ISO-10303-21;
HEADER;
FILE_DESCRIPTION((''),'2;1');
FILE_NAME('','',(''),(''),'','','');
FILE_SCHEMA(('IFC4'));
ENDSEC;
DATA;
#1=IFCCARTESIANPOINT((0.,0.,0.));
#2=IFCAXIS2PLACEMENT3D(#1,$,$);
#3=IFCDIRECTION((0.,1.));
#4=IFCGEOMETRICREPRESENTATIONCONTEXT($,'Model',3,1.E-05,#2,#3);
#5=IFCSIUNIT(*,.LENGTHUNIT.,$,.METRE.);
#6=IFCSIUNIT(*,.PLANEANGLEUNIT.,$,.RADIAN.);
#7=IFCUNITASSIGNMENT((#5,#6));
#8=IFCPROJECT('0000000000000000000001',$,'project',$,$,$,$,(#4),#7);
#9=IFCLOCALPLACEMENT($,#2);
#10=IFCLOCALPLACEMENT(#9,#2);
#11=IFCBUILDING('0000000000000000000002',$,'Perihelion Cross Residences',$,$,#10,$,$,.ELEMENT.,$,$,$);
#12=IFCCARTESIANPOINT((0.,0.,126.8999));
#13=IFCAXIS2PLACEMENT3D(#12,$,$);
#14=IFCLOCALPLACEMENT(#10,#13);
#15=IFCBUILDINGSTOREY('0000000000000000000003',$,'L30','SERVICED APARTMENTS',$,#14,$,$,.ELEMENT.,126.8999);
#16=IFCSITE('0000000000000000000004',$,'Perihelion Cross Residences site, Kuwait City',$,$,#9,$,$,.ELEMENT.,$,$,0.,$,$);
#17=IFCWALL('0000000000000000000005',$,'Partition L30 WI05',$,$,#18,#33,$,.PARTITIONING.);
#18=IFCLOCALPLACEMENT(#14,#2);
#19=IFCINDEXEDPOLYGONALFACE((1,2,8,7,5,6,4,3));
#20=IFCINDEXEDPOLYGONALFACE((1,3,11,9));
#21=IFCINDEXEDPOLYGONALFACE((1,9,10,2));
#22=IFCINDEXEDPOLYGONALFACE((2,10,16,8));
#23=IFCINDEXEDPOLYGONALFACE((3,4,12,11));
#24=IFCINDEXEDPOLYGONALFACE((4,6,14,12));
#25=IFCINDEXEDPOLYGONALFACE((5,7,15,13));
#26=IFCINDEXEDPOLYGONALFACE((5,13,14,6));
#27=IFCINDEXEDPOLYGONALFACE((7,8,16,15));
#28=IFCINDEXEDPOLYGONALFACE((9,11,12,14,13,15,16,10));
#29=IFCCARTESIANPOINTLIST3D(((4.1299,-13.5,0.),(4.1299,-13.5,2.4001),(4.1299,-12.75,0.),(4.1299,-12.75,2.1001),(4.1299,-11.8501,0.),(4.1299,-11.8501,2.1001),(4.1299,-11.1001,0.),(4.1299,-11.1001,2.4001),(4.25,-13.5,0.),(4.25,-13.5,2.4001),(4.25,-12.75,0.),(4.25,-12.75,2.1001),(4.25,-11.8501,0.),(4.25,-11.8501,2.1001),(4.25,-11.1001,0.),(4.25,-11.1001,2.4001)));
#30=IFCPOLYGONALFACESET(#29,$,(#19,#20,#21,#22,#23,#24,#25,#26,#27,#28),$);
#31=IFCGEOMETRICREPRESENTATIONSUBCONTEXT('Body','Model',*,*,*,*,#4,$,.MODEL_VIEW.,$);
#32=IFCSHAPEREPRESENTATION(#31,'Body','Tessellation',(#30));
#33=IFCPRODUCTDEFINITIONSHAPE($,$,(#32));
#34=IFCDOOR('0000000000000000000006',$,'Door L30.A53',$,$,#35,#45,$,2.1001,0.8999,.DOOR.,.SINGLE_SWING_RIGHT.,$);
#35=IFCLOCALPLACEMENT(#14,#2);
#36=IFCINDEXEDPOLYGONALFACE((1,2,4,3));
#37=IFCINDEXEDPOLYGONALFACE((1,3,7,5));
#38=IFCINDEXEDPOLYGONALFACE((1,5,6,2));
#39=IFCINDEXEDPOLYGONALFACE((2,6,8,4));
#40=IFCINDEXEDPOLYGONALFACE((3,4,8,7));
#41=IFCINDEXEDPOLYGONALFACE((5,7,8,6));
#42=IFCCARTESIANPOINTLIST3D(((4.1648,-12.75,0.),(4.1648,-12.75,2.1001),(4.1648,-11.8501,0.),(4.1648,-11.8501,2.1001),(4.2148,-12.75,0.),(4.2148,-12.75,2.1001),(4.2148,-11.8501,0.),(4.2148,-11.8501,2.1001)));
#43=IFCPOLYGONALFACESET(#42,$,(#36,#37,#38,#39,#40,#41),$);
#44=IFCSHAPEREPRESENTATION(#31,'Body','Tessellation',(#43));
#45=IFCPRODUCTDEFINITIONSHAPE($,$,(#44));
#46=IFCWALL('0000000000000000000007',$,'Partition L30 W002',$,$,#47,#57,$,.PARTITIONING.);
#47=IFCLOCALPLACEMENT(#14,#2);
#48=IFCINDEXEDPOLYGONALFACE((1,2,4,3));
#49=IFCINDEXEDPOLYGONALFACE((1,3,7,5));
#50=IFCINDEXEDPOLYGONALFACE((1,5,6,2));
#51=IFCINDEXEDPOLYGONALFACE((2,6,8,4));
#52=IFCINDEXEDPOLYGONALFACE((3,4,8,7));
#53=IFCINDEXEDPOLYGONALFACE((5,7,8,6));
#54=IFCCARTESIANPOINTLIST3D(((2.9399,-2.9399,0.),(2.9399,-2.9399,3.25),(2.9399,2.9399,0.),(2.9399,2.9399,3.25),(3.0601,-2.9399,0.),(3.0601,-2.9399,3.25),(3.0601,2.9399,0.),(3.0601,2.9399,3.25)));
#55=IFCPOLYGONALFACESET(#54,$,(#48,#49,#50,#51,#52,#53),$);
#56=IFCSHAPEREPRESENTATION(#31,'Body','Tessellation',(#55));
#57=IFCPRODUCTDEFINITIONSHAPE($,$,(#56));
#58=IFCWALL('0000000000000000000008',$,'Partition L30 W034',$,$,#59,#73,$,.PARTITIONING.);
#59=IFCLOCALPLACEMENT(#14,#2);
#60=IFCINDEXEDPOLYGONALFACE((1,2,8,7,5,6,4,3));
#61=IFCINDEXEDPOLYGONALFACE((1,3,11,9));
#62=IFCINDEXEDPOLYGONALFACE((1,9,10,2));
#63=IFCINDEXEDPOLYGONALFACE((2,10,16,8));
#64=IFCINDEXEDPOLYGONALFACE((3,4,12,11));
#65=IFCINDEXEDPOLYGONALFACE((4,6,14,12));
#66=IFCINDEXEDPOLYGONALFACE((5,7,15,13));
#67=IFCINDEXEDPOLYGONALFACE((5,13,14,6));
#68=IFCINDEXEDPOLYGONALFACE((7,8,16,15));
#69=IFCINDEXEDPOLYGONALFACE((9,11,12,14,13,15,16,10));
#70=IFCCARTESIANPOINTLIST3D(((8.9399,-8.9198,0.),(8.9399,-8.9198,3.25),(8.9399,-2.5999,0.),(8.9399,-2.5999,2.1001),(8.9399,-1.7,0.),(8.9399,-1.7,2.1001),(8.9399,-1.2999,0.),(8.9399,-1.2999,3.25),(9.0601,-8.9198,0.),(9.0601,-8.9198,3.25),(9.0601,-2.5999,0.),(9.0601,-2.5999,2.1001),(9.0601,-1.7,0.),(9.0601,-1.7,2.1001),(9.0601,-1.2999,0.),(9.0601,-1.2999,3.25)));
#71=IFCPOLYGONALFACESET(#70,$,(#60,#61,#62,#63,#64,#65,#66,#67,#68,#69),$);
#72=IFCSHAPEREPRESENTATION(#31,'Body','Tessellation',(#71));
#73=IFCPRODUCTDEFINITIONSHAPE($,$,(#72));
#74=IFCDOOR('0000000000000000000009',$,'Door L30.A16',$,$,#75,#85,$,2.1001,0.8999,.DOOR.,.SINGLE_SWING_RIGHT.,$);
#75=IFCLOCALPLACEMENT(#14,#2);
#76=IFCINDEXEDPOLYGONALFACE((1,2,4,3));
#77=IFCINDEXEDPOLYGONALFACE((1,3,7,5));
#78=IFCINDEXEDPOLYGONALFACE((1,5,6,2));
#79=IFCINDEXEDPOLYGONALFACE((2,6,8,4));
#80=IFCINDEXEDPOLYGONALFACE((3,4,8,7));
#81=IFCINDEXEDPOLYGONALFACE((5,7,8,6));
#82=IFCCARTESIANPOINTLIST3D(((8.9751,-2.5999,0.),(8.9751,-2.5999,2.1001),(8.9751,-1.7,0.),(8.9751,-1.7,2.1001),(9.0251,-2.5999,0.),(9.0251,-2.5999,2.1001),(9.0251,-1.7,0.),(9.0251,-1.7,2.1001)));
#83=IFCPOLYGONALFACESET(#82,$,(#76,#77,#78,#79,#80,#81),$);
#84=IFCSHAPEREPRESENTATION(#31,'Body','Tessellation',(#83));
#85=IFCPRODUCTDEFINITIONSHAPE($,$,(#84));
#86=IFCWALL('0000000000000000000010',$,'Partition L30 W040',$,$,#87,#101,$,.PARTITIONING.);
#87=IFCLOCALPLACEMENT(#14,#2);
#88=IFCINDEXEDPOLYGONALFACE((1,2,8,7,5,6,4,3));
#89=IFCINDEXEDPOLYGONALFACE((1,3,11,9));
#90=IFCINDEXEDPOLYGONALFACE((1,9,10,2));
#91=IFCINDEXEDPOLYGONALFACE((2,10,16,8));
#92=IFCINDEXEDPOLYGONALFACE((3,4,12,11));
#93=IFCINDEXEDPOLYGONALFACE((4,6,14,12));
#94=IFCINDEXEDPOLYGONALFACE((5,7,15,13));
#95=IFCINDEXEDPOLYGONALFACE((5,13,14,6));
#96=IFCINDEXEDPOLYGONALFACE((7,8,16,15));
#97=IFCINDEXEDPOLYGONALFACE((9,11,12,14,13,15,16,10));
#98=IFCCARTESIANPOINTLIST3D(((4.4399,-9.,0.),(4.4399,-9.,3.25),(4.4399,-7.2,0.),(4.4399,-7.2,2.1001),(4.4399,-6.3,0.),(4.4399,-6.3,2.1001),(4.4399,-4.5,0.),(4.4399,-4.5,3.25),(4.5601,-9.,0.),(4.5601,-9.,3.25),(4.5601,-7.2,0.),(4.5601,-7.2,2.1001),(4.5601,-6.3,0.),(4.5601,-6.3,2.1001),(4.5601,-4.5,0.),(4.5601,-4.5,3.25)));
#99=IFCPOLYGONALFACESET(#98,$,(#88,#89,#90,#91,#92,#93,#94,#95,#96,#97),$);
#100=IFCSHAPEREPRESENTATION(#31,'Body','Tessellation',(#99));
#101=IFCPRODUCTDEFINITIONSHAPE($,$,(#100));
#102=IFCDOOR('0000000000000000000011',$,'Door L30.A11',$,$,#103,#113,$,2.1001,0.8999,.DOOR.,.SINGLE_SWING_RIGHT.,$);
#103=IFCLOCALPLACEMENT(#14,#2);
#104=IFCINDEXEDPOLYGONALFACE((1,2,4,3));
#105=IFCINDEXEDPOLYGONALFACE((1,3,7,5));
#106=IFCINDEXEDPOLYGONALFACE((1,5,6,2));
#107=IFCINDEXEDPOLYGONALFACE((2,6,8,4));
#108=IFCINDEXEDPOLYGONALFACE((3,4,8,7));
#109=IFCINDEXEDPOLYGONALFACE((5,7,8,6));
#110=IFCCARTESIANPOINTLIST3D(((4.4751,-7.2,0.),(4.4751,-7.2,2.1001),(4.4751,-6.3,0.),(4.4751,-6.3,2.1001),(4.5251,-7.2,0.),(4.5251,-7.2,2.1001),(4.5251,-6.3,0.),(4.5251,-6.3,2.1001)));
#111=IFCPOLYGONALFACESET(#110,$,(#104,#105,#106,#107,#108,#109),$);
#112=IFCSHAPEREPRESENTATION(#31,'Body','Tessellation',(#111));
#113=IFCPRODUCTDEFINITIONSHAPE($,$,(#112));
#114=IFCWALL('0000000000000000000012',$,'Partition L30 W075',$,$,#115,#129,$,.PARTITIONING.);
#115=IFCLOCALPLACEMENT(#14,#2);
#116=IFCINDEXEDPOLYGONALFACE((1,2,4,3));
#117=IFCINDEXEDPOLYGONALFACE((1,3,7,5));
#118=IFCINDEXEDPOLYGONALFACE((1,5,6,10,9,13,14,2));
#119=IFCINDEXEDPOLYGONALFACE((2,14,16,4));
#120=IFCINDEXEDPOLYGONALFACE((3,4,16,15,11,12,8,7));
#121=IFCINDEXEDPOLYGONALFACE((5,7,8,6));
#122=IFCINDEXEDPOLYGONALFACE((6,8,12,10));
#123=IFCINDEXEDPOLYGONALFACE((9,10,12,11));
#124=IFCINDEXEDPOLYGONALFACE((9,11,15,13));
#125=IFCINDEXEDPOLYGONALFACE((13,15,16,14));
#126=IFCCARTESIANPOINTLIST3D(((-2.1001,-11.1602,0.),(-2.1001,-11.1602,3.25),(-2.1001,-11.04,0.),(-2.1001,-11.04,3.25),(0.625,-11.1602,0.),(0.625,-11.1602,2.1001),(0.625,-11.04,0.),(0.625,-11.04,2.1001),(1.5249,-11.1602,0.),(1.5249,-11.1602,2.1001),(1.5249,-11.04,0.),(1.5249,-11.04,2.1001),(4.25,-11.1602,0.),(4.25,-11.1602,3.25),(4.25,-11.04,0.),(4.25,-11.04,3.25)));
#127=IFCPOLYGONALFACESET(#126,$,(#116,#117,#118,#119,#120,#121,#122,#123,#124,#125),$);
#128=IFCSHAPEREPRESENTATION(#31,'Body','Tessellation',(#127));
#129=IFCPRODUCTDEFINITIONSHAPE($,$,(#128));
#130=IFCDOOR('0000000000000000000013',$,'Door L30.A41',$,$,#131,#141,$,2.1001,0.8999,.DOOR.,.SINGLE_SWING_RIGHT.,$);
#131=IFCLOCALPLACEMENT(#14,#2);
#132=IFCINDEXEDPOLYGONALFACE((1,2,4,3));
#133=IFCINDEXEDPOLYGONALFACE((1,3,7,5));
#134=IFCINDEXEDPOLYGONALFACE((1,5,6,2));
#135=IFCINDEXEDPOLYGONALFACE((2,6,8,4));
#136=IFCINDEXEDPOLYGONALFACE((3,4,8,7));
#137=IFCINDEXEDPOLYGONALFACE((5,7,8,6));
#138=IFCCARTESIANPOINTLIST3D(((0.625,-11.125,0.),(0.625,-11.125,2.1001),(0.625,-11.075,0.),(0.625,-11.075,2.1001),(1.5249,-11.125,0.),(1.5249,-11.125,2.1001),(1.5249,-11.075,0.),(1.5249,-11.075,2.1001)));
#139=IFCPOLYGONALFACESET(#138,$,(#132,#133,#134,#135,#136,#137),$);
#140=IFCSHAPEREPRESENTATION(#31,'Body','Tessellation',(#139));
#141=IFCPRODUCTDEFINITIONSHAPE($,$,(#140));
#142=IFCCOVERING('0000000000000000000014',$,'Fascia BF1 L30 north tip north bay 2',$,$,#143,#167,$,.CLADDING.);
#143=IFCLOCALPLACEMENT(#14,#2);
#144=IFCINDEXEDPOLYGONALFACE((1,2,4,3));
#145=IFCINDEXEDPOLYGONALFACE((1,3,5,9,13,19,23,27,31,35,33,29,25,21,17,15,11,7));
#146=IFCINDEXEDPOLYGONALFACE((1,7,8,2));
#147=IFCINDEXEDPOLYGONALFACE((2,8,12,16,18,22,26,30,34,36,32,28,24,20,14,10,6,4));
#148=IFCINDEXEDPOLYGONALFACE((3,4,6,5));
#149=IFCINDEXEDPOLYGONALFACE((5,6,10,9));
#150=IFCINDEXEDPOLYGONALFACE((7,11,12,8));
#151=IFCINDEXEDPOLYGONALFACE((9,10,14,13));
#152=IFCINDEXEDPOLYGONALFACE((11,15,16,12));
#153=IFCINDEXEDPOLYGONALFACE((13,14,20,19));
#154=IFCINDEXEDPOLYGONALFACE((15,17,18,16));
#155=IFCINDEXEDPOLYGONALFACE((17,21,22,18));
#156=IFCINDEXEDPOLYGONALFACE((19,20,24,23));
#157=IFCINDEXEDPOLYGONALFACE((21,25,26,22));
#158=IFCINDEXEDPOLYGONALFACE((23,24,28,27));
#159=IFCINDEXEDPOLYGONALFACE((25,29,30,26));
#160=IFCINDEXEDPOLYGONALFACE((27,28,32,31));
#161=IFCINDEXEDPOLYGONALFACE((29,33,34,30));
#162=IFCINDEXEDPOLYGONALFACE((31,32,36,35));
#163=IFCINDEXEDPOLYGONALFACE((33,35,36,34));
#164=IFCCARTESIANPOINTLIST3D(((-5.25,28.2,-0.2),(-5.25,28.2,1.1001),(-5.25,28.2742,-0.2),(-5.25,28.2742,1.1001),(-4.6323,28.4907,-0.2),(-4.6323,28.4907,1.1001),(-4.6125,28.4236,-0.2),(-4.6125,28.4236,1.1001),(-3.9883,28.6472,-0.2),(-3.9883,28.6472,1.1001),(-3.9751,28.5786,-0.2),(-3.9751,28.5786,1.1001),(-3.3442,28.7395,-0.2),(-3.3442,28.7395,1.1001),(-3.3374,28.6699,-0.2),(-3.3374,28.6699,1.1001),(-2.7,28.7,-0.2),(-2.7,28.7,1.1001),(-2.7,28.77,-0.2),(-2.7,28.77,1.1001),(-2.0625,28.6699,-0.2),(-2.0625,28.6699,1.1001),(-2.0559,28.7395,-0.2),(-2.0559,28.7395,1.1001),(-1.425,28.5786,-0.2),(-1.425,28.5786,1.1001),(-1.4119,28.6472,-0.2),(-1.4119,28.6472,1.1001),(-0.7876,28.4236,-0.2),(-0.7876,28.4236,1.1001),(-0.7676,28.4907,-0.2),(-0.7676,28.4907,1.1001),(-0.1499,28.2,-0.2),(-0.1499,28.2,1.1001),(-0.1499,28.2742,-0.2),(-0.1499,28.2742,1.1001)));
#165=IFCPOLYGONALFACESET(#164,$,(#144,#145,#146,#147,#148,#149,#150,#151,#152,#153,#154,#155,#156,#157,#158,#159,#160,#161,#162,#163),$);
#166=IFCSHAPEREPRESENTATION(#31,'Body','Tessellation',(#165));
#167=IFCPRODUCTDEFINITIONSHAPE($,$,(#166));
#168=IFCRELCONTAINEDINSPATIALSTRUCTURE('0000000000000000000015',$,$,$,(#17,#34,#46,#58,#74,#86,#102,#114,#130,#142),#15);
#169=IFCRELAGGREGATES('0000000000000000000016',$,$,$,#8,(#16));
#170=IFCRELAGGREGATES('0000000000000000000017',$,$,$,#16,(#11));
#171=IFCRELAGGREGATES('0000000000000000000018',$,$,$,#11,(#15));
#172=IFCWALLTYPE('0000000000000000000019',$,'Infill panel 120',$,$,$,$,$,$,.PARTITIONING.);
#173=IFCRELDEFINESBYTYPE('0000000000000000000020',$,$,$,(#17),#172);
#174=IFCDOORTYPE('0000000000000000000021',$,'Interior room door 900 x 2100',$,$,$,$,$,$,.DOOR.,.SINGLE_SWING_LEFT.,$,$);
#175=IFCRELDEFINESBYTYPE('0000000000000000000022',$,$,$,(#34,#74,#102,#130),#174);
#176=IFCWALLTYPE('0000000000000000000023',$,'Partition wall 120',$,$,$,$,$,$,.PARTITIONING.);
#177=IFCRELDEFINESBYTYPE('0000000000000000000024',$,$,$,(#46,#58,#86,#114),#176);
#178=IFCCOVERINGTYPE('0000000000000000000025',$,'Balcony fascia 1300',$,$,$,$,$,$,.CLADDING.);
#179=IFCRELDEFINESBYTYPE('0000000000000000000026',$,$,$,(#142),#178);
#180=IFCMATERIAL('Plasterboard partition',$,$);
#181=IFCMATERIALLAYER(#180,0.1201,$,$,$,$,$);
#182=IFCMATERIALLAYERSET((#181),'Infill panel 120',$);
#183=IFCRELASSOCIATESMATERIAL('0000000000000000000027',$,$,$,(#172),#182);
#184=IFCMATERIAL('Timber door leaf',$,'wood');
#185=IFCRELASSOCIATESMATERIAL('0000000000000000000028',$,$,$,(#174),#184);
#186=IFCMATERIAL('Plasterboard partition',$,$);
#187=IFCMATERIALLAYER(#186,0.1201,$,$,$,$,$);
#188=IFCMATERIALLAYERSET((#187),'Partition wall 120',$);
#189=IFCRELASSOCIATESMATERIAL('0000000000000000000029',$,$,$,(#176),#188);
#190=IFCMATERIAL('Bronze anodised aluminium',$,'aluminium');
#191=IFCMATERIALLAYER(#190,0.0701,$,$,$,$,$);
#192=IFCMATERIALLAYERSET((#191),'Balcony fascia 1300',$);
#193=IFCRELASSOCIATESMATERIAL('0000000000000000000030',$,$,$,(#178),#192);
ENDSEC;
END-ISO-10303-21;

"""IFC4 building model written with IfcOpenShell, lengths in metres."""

from ifc_helpers import new_model, si_unit, direction, frame, frame_2d, origin, place, context, subcontext, project, spatial, polyline, rectangle, outline, extrude, material, layer, layer_set, type_object, element, fill, save


model = new_model("IFC4")

# Units and contexts
model_context = context("Model", 3, precision=1e-05, world=origin(), true_north=direction((0.0, 1.0)))
body_context = subcontext(model_context, "Body", "Model", "MODEL_VIEW")
ifc_project = project(units=[si_unit("LENGTHUNIT", "METRE"), si_unit("PLANEANGLEUNIT", "RADIAN")], contexts=[model_context])

# Site, building, storey
site_placement = place(None, origin())
site = spatial("IfcSite", under=ifc_project, at=site_placement, Name="Perihelion Cross Residences site, Kuwait City", CompositionType="ELEMENT", RefElevation=0.0)
building_placement = place(site_placement, origin())
building = spatial("IfcBuilding", under=site, at=building_placement, Name="Perihelion Cross Residences", CompositionType="ELEMENT")
storey_placement = place(building_placement, frame((0.0, 0.0, 126.8999)))
storey = spatial("IfcBuildingStorey", under=building, at=storey_placement, Name="L30", Description="SERVICED APARTMENTS", CompositionType="ELEMENT", Elevation=126.8999)

# Wall, opening, door
ifc_material_1 = material(Name="Plasterboard partition")
ifc_layer_1 = layer(ifc_material_1, 0.1201)
ifc_layer_set_1 = layer_set([ifc_layer_1], Name="Infill panel 120")
wall_type_1 = type_object("IfcWallType", Name="Infill panel 120", PredefinedType="PARTITIONING", material=ifc_layer_set_1)
wall_1_placement = place(storey_placement, frame((4.1899, -11.1001, 0.0), z_axis=(0.0, 0.0, 1.0), x_axis=(0.0, -1.0, 0.0)))
wall_1 = element("IfcWall", 1, at=wall_1_placement, inside=storey, type_object=wall_type_1, Name="Partition L30 WI05", PredefinedType="PARTITIONING", context=body_context, shape_type="SweptSolid", body=[
    extrude(rectangle(XDim=2.3999, YDim=0.1201, at=frame_2d((1.2, 0.0))), origin(), (0.0, 0.0, 1.0), 2.4001),
])
opening_1_placement = place(wall_1_placement, frame((0.75, 0.0, 0.0)))
opening_1 = element("IfcOpeningElement", 2, at=opening_1_placement, cuts=wall_1, PredefinedType="OPENING", context=body_context, shape_type="SweptSolid", body=[
    extrude(rectangle(XDim=0.8999, YDim=2.1001, at=frame_2d((0.45, 1.05))), frame((0.0, 0.0701, 0.0), z_axis=(0.0, -1.0, 0.0), x_axis=(1.0, 0.0, 0.0)), (0.0, 0.0, 1.0), 0.1401),
])
ifc_material_2 = material(Name="Timber door leaf", Category="wood")
door_type_1 = type_object("IfcDoorType", Name="Interior room door 900 x 2100", OperationType="SINGLE_SWING_LEFT", PredefinedType="DOOR", material=ifc_material_2)
door_1_placement = place(opening_1_placement, origin())
door_1 = element("IfcDoor", 3, at=door_1_placement, inside=storey, type_object=door_type_1, Name="Door L30.A53", OperationType="SINGLE_SWING_RIGHT", OverallHeight=2.1001, OverallWidth=0.8999, PredefinedType="DOOR", context=body_context, shape_type="SweptSolid", body=[
    extrude(rectangle(XDim=0.8999, YDim=2.1001, at=frame_2d((0.45, 1.05))), frame((0.0, 0.0249, 0.0), z_axis=(0.0, -1.0, 0.0), x_axis=(1.0, 0.0, 0.0)), (0.0, 0.0, 1.0), 0.05),
])
fill(opening_1, door_1)

# Wall
ifc_material_3 = material(Name="Plasterboard partition")
ifc_layer_2 = layer(ifc_material_3, 0.1201)
ifc_layer_set_2 = layer_set([ifc_layer_2], Name="Partition wall 120")
wall_type_2 = type_object("IfcWallType", Name="Partition wall 120", PredefinedType="PARTITIONING", material=ifc_layer_set_2)
wall_2_placement = place(storey_placement, frame((3.0, -2.9399, 0.0), z_axis=(0.0, 0.0, 1.0), x_axis=(0.0, 1.0, 0.0)))
element("IfcWall", 4, at=wall_2_placement, inside=storey, type_object=wall_type_2, Name="Partition L30 W002", PredefinedType="PARTITIONING", context=body_context, shape_type="SweptSolid", body=[
    extrude(rectangle(XDim=5.8799, YDim=0.1201, at=frame_2d((2.9399, 0.0))), origin(), (0.0, 0.0, 1.0), 3.25),
])

# Walls, openings, doors
wall_3_placement = place(storey_placement, frame((9.0, -8.9199, 0.0), z_axis=(0.0, 0.0, 1.0), x_axis=(0.0, 1.0, 0.0)))
wall_3 = element("IfcWall", 5, at=wall_3_placement, inside=storey, type_object=wall_type_2, Name="Partition L30 W034", PredefinedType="PARTITIONING", context=body_context, shape_type="SweptSolid", body=[
    extrude(rectangle(XDim=7.6199, YDim=0.1201, at=frame_2d((3.8101, 0.0))), origin(), (0.0, 0.0, 1.0), 3.25),
])
opening_2_placement = place(wall_3_placement, frame((6.3201, 0.0, 0.0)))
opening_2 = element("IfcOpeningElement", 6, at=opening_2_placement, cuts=wall_3, PredefinedType="OPENING", context=body_context, shape_type="SweptSolid", body=[
    extrude(rectangle(XDim=0.8999, YDim=2.1001, at=frame_2d((0.45, 1.05))), frame((0.0, 0.0701, 0.0), z_axis=(0.0, -1.0, 0.0), x_axis=(1.0, 0.0, 0.0)), (0.0, 0.0, 1.0), 0.1401),
])
door_2_placement = place(opening_2_placement, origin())
door_2 = element("IfcDoor", 7, at=door_2_placement, inside=storey, type_object=door_type_1, Name="Door L30.A16", OperationType="SINGLE_SWING_RIGHT", OverallHeight=2.1001, OverallWidth=0.8999, PredefinedType="DOOR", context=body_context, shape_type="SweptSolid", body=[
    extrude(rectangle(XDim=0.8999, YDim=2.1001, at=frame_2d((0.45, 1.05))), frame((0.0, 0.0249, 0.0), z_axis=(0.0, -1.0, 0.0), x_axis=(1.0, 0.0, 0.0)), (0.0, 0.0, 1.0), 0.05),
])
fill(opening_2, door_2)
wall_4_placement = place(storey_placement, frame((4.5, -9.0, 0.0), z_axis=(0.0, 0.0, 1.0), x_axis=(0.0, 1.0, 0.0)))
wall_4 = element("IfcWall", 8, at=wall_4_placement, inside=storey, type_object=wall_type_2, Name="Partition L30 W040", PredefinedType="PARTITIONING", context=body_context, shape_type="SweptSolid", body=[
    extrude(rectangle(XDim=4.5, YDim=0.1201, at=frame_2d((2.25, 0.0))), origin(), (0.0, 0.0, 1.0), 3.25),
])
opening_3_placement = place(wall_4_placement, frame((1.8, 0.0, 0.0)))
opening_3 = element("IfcOpeningElement", 9, at=opening_3_placement, cuts=wall_4, PredefinedType="OPENING", context=body_context, shape_type="SweptSolid", body=[
    extrude(rectangle(XDim=0.8999, YDim=2.1001, at=frame_2d((0.45, 1.05))), frame((0.0, 0.0701, 0.0), z_axis=(0.0, -1.0, 0.0), x_axis=(1.0, 0.0, 0.0)), (0.0, 0.0, 1.0), 0.1401),
])
door_3_placement = place(opening_3_placement, origin())
door_3 = element("IfcDoor", 10, at=door_3_placement, inside=storey, type_object=door_type_1, Name="Door L30.A11", OperationType="SINGLE_SWING_RIGHT", OverallHeight=2.1001, OverallWidth=0.8999, PredefinedType="DOOR", context=body_context, shape_type="SweptSolid", body=[
    extrude(rectangle(XDim=0.8999, YDim=2.1001, at=frame_2d((0.45, 1.05))), frame((0.0, 0.0249, 0.0), z_axis=(0.0, -1.0, 0.0), x_axis=(1.0, 0.0, 0.0)), (0.0, 0.0, 1.0), 0.05),
])
fill(opening_3, door_3)
wall_5_placement = place(storey_placement, frame((4.25, -11.1001, 0.0), z_axis=(0.0, 0.0, 1.0), x_axis=(-1.0, 0.0, 0.0)))
wall_5 = element("IfcWall", 11, at=wall_5_placement, inside=storey, type_object=wall_type_2, Name="Partition L30 W075", PredefinedType="PARTITIONING", context=body_context, shape_type="SweptSolid", body=[
    extrude(rectangle(XDim=6.3501, YDim=0.1201, at=frame_2d((3.175, 0.0))), origin(), (0.0, 0.0, 1.0), 3.25),
])
opening_4_placement = place(wall_5_placement, frame((2.7251, 0.0, 0.0)))
opening_4 = element("IfcOpeningElement", 12, at=opening_4_placement, cuts=wall_5, PredefinedType="OPENING", context=body_context, shape_type="SweptSolid", body=[
    extrude(rectangle(XDim=0.8999, YDim=2.1001, at=frame_2d((0.45, 1.05))), frame((0.0, 0.0701, 0.0), z_axis=(0.0, -1.0, 0.0), x_axis=(1.0, 0.0, 0.0)), (0.0, 0.0, 1.0), 0.1401),
])
door_4_placement = place(opening_4_placement, origin())
door_4 = element("IfcDoor", 13, at=door_4_placement, inside=storey, type_object=door_type_1, Name="Door L30.A41", OperationType="SINGLE_SWING_RIGHT", OverallHeight=2.1001, OverallWidth=0.8999, PredefinedType="DOOR", context=body_context, shape_type="SweptSolid", body=[
    extrude(rectangle(XDim=0.8999, YDim=2.1001, at=frame_2d((0.45, 1.05))), frame((0.0, 0.0249, 0.0), z_axis=(0.0, -1.0, 0.0), x_axis=(1.0, 0.0, 0.0)), (0.0, 0.0, 1.0), 0.05),
])
fill(opening_4, door_4)

# Covering
ifc_material_4 = material(Name="Bronze anodised aluminium", Category="aluminium")
ifc_layer_3 = layer(ifc_material_4, 0.0701)
ifc_layer_set_3 = layer_set([ifc_layer_3], Name="Balcony fascia 1300")
covering_type = type_object("IfcCoveringType", Name="Balcony fascia 1300", PredefinedType="CLADDING", material=ifc_layer_set_3)
covering_1_placement = place(storey_placement, frame((0.0, 0.0, -0.2)))
element("IfcCovering", 14, at=covering_1_placement, inside=storey, type_object=covering_type, Name="Fascia BF1 L30 north tip north bay 2", PredefinedType="CLADDING", context=body_context, shape_type="SweptSolid", body=[
    extrude(outline(polyline([(-0.7676, 28.4907), (-1.4119, 28.6472), (-2.0559, 28.7395), (-2.7, 28.77), (-3.3442, 28.7395), (-3.9883, 28.6472), (-4.6323, 28.4907), (-5.25, 28.2742), (-5.25, 28.2), (-4.6125, 28.4236), (-3.9751, 28.5786), (-3.3374, 28.6699), (-2.7, 28.7), (-2.0625, 28.6699), (-1.425, 28.5786), (-0.7876, 28.4236), (-0.1499, 28.2), (-0.1499, 28.2742), (-0.7676, 28.4907)])), origin(), (0.0, 0.0, 1.0), 1.3),
])

save(model, "model.ifc")
